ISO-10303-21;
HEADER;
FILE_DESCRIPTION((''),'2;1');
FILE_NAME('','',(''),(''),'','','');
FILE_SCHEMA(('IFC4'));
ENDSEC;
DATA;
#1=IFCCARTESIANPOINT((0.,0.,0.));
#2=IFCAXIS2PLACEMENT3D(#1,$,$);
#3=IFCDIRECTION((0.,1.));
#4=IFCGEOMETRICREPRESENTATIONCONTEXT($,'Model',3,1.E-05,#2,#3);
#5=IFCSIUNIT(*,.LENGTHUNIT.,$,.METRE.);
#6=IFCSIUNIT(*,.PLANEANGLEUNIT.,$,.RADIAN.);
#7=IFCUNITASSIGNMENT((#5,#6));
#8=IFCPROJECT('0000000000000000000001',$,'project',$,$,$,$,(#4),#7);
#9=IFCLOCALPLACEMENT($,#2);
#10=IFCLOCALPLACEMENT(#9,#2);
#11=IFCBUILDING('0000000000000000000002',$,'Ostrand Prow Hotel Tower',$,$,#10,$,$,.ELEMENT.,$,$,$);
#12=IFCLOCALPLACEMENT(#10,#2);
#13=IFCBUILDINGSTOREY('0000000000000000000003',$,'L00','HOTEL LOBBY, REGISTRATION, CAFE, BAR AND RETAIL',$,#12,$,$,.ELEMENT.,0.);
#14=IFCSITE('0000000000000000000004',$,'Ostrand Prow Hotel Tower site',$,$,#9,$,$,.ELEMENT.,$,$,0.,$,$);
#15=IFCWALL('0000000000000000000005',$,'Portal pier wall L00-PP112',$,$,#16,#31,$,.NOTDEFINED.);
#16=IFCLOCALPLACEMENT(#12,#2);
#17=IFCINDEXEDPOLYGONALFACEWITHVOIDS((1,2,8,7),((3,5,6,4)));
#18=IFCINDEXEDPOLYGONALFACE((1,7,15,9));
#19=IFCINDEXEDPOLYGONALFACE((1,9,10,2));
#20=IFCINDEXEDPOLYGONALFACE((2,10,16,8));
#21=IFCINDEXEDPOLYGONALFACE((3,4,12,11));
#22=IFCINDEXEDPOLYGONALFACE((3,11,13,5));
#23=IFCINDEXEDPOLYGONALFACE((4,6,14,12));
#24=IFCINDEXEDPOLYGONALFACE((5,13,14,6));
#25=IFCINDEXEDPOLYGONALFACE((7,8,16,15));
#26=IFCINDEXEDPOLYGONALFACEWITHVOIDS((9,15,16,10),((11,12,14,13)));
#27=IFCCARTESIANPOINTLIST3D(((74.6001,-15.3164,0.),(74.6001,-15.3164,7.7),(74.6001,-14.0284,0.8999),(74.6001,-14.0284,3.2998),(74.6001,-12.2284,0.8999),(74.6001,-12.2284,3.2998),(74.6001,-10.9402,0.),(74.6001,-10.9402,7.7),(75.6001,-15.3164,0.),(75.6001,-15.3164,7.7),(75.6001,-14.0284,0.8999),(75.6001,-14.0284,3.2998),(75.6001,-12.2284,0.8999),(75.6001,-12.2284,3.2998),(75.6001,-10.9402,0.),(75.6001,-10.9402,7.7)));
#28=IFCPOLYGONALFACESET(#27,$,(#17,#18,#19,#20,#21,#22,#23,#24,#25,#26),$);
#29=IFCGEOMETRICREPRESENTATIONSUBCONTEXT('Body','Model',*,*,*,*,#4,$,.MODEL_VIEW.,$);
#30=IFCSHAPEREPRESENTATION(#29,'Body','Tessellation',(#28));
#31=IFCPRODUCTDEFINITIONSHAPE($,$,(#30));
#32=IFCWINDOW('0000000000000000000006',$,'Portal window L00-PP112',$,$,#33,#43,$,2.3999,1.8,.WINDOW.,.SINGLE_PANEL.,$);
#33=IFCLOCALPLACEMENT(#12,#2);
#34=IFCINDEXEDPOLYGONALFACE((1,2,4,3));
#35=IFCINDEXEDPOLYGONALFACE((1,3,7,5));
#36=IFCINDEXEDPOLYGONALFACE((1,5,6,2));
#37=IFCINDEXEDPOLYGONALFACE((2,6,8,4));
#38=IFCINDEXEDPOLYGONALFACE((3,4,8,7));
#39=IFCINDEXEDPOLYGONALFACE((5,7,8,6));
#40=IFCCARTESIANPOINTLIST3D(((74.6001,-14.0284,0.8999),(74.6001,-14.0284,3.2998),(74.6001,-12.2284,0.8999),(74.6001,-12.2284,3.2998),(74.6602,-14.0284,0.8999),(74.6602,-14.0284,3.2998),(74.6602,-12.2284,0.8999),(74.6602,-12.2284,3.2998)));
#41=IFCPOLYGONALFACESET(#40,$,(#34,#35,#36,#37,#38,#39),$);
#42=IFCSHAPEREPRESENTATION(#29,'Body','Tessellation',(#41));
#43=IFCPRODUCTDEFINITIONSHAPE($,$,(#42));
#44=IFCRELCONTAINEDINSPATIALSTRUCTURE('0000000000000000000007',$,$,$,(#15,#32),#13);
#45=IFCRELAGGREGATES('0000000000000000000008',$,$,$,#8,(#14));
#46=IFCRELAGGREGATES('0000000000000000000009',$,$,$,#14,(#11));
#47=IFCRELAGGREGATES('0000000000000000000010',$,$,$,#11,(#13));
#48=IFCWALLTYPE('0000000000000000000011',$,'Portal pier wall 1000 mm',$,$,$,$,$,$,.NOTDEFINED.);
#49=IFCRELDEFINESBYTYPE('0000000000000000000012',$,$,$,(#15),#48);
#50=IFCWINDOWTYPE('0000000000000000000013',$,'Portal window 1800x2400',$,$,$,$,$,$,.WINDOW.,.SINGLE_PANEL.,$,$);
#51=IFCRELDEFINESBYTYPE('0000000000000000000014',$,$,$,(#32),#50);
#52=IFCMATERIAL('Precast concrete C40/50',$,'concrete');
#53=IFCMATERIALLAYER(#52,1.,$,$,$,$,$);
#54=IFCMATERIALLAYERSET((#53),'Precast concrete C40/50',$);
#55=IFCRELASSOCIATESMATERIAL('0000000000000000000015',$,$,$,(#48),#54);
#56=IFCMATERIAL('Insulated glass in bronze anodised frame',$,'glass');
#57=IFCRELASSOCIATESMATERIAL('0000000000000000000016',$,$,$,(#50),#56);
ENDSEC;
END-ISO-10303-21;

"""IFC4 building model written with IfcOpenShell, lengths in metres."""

from ifc_helpers import new_model, si_unit, direction, frame, frame_2d, origin, place, context, subcontext, project, spatial, polyline, rectangle, outline, extrude, material, layer, layer_set, type_object, element, fill, save


model = new_model("IFC4")

# Units and contexts
model_context = context("Model", 3, precision=1e-05, world=origin(), true_north=direction((0.0, 1.0)))
body_context = subcontext(model_context, "Body", "Model", "MODEL_VIEW")
ifc_project = project(units=[si_unit("LENGTHUNIT", "METRE"), si_unit("PLANEANGLEUNIT", "RADIAN")], contexts=[model_context])

# Site, building, storey
site_placement = place(None, origin())
site = spatial("IfcSite", under=ifc_project, at=site_placement, Name="Ostrand Prow Hotel Tower site", CompositionType="ELEMENT", RefElevation=0.0)
building_placement = place(site_placement, origin())
building = spatial("IfcBuilding", under=site, at=building_placement, Name="Ostrand Prow Hotel Tower", CompositionType="ELEMENT")
storey_placement = place(building_placement, origin())
storey = spatial("IfcBuildingStorey", under=building, at=storey_placement, Name="L00", Description="HOTEL LOBBY, REGISTRATION, CAFE, BAR AND RETAIL", CompositionType="ELEMENT", Elevation=0.0)

# Shared definitions
ifc_material_1 = material(Name="Precast concrete C40/50", Category="concrete")
ifc_layer_1 = layer(ifc_material_1, 1.0)
ifc_layer_set_1 = layer_set([ifc_layer_1], Name="Precast concrete C40/50")
wall_type_1 = type_object("IfcWallType", Name="Portal pier wall 1000 mm", PredefinedType="NOTDEFINED", material=ifc_layer_set_1)
ifc_material_2 = material(Name="Insulated glass in bronze anodised frame", Category="glass")
window_type = type_object("IfcWindowType", Name="Portal window 1800x2400", PartitioningType="SINGLE_PANEL", PredefinedType="WINDOW", material=ifc_material_2)

# Wall, opening, window
wall_1_placement = place(storey_placement, frame((75.1001, -15.3164, 0.0), z_axis=(0.0, 0.0, 1.0), x_axis=(0.0, 1.0, 0.0)))
wall_1 = element("IfcWall", 1, at=wall_1_placement, inside=storey, type_object=wall_type_1, Name="Portal pier wall L00-PP112", PredefinedType="NOTDEFINED", context=body_context, shape_type="SweptSolid", body=[
    extrude(outline(polyline([(0.0, -0.5), (4.3762, -0.5), (4.3762, 0.5), (0.0, 0.5), (0.0, -0.5)])), origin(), (0.0, 0.0, 1.0), 7.7),
])
opening_1_placement = place(wall_1_placement, frame((1.2881, 0.0, 0.8999)))
opening_1 = element("IfcOpeningElement", 2, at=opening_1_placement, cuts=wall_1, PredefinedType="OPENING", context=body_context, shape_type="SweptSolid", body=[
    extrude(rectangle(XDim=1.8, YDim=2.3999, at=frame_2d((0.8999, 1.2))), frame((0.0, 0.51, 0.0), z_axis=(0.0, -1.0, 0.0), x_axis=(1.0, 0.0, 0.0)), (0.0, 0.0, 1.0), 1.02),
])
window_1_placement = place(opening_1_placement, origin())
window_1 = element("IfcWindow", 3, at=window_1_placement, inside=storey, type_object=window_type, Name="Portal window L00-PP112", OverallHeight=2.3999, OverallWidth=1.8, PartitioningType="SINGLE_PANEL", PredefinedType="WINDOW", context=body_context, shape_type="SweptSolid", body=[
    extrude(rectangle(XDim=1.8, YDim=2.3999, at=frame_2d((0.8999, 1.2))), frame((0.0, 0.5, 0.0), z_axis=(0.0, -1.0, 0.0), x_axis=(1.0, 0.0, 0.0)), (0.0, 0.0, 1.0), 0.0601),
])
fill(opening_1, window_1)

save(model, "model.ifc")
